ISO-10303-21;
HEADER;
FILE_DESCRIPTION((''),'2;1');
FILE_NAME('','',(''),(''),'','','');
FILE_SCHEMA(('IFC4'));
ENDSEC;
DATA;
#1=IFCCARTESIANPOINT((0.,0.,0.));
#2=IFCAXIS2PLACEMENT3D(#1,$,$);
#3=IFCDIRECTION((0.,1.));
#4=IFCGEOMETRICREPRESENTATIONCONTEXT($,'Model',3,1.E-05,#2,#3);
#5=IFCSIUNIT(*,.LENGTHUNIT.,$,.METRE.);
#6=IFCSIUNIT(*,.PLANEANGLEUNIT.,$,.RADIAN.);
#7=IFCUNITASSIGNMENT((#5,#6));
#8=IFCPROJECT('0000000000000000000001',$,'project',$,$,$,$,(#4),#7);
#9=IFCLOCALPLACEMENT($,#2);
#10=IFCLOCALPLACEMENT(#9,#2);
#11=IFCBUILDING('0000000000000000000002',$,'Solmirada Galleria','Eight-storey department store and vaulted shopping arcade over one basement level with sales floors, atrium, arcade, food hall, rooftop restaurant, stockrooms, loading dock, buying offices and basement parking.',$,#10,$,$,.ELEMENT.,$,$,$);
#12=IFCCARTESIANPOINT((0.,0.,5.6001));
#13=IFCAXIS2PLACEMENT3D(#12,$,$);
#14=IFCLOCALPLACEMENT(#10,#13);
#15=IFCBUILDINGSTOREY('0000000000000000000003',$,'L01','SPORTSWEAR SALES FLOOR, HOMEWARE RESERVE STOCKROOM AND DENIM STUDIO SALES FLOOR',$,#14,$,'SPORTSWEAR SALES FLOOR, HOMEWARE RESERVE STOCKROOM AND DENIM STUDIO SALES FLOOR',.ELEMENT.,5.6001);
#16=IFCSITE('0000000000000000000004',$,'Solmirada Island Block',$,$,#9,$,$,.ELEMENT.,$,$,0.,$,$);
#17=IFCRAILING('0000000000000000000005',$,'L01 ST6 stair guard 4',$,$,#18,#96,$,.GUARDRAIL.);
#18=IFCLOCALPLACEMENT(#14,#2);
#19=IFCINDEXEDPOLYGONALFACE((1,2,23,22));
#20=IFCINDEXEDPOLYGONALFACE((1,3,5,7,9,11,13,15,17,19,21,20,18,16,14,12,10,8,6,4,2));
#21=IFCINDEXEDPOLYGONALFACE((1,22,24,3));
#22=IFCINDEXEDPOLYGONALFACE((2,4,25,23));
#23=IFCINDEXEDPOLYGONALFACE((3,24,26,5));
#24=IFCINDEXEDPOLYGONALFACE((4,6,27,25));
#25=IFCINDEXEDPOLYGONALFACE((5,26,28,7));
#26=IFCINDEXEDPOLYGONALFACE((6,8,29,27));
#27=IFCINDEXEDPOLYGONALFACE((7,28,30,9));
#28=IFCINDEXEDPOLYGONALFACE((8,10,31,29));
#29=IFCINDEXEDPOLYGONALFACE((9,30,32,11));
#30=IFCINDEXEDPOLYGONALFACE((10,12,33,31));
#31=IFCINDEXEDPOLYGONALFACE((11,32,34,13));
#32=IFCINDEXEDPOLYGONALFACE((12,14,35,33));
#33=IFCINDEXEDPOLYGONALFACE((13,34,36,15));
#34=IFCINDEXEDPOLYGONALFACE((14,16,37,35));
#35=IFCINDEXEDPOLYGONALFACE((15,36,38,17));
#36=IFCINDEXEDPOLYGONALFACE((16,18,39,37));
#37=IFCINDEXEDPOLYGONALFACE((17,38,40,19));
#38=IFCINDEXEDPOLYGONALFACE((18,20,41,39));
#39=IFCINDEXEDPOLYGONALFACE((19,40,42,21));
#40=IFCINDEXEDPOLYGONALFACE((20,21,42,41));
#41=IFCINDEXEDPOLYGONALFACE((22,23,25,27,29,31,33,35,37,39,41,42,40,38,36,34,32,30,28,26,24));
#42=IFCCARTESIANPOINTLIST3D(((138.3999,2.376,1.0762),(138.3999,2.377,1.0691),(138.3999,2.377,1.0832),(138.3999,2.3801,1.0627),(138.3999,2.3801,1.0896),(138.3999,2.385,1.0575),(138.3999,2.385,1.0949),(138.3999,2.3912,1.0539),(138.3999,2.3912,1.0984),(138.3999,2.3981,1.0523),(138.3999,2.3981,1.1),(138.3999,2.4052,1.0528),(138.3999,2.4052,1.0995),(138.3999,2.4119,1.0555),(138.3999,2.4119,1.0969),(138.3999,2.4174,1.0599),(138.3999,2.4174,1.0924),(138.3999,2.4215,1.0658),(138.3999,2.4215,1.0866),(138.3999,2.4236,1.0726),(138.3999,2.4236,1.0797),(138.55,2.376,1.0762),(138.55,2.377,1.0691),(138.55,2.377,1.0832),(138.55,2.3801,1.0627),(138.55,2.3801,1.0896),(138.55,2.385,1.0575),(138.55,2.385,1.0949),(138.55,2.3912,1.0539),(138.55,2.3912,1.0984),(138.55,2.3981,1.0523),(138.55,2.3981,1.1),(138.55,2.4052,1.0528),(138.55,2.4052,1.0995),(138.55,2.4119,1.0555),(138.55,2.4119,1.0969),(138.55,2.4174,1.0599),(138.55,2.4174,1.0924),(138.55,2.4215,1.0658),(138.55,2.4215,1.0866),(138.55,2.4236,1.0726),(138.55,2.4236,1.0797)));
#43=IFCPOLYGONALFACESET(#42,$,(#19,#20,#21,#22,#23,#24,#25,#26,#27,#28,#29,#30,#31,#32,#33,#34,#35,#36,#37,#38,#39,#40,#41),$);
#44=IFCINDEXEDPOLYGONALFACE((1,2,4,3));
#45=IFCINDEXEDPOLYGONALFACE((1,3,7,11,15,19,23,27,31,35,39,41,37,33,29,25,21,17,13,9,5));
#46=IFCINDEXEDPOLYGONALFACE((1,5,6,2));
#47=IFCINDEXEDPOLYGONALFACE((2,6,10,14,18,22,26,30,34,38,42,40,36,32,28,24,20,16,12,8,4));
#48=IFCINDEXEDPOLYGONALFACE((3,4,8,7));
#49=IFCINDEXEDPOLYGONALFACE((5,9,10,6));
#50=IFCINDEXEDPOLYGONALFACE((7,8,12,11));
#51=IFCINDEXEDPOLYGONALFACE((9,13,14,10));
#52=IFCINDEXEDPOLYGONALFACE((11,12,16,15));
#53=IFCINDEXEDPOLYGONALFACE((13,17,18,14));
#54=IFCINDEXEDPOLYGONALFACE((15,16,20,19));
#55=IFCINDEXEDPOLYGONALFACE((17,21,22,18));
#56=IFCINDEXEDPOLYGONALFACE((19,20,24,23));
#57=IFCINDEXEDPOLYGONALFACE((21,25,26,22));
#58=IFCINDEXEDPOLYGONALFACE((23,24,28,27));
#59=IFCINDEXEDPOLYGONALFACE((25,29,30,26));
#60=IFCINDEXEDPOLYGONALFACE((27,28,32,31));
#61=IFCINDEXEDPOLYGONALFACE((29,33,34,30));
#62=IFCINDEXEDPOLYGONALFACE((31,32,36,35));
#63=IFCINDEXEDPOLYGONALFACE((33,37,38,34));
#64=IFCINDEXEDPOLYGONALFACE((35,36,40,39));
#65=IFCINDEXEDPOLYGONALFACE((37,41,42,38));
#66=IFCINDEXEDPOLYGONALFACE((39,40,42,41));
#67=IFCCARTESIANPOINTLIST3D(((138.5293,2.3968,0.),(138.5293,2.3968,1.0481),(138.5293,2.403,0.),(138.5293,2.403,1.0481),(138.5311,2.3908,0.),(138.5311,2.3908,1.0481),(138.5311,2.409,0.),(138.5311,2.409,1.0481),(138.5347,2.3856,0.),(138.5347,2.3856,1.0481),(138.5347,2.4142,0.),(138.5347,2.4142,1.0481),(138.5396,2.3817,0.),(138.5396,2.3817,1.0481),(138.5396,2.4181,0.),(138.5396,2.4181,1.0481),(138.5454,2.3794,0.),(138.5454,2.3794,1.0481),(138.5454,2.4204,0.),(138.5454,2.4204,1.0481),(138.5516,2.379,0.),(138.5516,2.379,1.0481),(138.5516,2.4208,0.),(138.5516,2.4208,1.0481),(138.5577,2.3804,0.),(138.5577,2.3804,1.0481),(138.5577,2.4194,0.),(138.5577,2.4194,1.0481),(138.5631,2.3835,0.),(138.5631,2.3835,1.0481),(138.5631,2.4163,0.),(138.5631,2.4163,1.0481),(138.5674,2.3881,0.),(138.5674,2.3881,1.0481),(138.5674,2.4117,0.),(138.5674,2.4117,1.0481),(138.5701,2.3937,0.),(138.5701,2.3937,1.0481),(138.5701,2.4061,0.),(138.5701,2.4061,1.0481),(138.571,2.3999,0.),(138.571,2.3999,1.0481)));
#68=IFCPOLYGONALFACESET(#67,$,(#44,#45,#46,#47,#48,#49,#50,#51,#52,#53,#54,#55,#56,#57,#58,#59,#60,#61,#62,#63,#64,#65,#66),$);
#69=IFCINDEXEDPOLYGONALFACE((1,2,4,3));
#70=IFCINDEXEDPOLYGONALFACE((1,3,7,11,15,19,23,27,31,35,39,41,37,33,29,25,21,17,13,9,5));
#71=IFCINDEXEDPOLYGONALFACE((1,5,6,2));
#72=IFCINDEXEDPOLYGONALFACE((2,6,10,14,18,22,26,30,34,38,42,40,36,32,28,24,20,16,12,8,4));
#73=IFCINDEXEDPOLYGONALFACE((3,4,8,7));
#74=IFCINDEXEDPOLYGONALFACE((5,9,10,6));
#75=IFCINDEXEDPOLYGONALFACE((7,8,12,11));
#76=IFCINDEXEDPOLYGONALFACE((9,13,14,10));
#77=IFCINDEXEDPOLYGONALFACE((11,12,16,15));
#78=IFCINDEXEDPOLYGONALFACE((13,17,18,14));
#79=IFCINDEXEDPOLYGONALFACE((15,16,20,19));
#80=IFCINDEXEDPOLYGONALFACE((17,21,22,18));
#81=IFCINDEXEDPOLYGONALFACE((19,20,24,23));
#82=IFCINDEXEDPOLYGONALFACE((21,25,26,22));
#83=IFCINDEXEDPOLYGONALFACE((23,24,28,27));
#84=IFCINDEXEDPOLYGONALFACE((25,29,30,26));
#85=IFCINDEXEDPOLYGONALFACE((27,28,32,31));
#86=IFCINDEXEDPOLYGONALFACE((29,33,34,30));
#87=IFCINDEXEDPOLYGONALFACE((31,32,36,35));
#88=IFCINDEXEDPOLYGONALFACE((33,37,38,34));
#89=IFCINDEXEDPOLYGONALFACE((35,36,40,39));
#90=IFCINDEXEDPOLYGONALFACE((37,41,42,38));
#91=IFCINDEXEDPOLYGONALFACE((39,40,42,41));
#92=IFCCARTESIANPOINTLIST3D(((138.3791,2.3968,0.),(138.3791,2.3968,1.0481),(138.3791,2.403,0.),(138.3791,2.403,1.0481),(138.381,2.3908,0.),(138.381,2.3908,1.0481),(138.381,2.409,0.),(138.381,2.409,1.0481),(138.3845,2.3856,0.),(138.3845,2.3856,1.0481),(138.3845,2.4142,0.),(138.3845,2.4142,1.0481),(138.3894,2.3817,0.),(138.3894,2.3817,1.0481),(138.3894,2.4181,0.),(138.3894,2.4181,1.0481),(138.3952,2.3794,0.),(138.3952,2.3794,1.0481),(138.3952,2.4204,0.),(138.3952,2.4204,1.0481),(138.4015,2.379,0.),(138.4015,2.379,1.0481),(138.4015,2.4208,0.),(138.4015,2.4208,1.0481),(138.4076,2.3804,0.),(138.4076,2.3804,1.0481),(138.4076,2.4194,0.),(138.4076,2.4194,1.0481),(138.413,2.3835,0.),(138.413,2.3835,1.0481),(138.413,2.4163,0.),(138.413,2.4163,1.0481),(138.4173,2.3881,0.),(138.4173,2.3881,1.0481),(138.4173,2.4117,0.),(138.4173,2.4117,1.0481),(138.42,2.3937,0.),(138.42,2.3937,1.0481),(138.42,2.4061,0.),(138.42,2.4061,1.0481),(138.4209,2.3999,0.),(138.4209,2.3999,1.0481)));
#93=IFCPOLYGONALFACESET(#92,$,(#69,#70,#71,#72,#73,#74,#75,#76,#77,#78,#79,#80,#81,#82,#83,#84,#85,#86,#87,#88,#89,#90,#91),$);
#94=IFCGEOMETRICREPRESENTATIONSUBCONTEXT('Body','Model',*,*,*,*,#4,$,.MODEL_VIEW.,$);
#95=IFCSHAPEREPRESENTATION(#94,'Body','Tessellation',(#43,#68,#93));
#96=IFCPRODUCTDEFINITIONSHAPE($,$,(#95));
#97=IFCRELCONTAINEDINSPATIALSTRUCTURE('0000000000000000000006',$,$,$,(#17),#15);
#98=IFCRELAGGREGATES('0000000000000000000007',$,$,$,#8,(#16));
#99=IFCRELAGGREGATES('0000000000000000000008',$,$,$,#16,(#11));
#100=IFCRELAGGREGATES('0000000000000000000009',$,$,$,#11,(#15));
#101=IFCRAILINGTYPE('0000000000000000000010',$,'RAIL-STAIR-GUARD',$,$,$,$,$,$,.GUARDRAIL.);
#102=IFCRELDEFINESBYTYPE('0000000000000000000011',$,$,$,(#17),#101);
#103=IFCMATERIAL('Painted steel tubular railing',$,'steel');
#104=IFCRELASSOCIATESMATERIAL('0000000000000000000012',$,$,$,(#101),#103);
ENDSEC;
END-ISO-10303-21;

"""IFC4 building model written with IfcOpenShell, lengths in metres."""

from ifc_helpers import new_model, si_unit, direction, frame, origin, origin_2d, place, context, subcontext, project, spatial, circle, extrude, material, type_object, element, save


model = new_model("IFC4")

# Units and contexts
model_context = context("Model", 3, precision=1e-05, world=origin(), true_north=direction((0.0, 1.0)))
body_context = subcontext(model_context, "Body", "Model", "MODEL_VIEW")
ifc_project = project(units=[si_unit("LENGTHUNIT", "METRE"), si_unit("PLANEANGLEUNIT", "RADIAN")], contexts=[model_context])

# Site, building, storey
site_placement = place(None, origin())
site = spatial("IfcSite", under=ifc_project, at=site_placement, Name="Solmirada Island Block", CompositionType="ELEMENT", RefElevation=0.0)
building_placement = place(site_placement, origin())
building = spatial("IfcBuilding", under=site, at=building_placement, Name="Solmirada Galleria", Description="Eight-storey department store and vaulted shopping arcade over one basement level with sales floors, atrium, arcade, food hall, rooftop restaurant, stockrooms, loading dock, buying offices and basement parking.", CompositionType="ELEMENT")
storey_placement = place(building_placement, frame((0.0, 0.0, 5.6001)))
storey = spatial("IfcBuildingStorey", under=building, at=storey_placement, Name="L01", Description="SPORTSWEAR SALES FLOOR, HOMEWARE RESERVE STOCKROOM AND DENIM STUDIO SALES FLOOR", LongName="SPORTSWEAR SALES FLOOR, HOMEWARE RESERVE STOCKROOM AND DENIM STUDIO SALES FLOOR", CompositionType="ELEMENT", Elevation=5.6001)

# Railing
ifc_material_1 = material(Name="Painted steel tubular railing", Category="steel")
railing_type_1 = type_object("IfcRailingType", Name="RAIL-STAIR-GUARD", PredefinedType="GUARDRAIL", material=ifc_material_1)
railing_1_placement = place(storey_placement, frame((138.55, 2.3999, 0.0)))
element("IfcRailing", 1, at=railing_1_placement, inside=storey, type_object=railing_type_1, Name="L01 ST6 stair guard 4", PredefinedType="GUARDRAIL", context=body_context, shape_type="SweptSolid", body=[
    extrude(circle(Radius=0.0239, at=origin_2d()), frame((0.0, 0.0, 1.0762), z_axis=(-1.0, 0.0, 0.0), x_axis=(0.0, -1.0, 0.0)), (0.0, 0.0, 1.0), 0.1501),
    extrude(circle(Radius=0.021, at=origin_2d()), origin(), (0.0, 0.0, 1.0), 1.0481),
    extrude(circle(Radius=0.021, at=origin_2d()), frame((-0.1501, 0.0, 0.0)), (0.0, 0.0, 1.0), 1.0481),
])

save(model, "model.ifc")
